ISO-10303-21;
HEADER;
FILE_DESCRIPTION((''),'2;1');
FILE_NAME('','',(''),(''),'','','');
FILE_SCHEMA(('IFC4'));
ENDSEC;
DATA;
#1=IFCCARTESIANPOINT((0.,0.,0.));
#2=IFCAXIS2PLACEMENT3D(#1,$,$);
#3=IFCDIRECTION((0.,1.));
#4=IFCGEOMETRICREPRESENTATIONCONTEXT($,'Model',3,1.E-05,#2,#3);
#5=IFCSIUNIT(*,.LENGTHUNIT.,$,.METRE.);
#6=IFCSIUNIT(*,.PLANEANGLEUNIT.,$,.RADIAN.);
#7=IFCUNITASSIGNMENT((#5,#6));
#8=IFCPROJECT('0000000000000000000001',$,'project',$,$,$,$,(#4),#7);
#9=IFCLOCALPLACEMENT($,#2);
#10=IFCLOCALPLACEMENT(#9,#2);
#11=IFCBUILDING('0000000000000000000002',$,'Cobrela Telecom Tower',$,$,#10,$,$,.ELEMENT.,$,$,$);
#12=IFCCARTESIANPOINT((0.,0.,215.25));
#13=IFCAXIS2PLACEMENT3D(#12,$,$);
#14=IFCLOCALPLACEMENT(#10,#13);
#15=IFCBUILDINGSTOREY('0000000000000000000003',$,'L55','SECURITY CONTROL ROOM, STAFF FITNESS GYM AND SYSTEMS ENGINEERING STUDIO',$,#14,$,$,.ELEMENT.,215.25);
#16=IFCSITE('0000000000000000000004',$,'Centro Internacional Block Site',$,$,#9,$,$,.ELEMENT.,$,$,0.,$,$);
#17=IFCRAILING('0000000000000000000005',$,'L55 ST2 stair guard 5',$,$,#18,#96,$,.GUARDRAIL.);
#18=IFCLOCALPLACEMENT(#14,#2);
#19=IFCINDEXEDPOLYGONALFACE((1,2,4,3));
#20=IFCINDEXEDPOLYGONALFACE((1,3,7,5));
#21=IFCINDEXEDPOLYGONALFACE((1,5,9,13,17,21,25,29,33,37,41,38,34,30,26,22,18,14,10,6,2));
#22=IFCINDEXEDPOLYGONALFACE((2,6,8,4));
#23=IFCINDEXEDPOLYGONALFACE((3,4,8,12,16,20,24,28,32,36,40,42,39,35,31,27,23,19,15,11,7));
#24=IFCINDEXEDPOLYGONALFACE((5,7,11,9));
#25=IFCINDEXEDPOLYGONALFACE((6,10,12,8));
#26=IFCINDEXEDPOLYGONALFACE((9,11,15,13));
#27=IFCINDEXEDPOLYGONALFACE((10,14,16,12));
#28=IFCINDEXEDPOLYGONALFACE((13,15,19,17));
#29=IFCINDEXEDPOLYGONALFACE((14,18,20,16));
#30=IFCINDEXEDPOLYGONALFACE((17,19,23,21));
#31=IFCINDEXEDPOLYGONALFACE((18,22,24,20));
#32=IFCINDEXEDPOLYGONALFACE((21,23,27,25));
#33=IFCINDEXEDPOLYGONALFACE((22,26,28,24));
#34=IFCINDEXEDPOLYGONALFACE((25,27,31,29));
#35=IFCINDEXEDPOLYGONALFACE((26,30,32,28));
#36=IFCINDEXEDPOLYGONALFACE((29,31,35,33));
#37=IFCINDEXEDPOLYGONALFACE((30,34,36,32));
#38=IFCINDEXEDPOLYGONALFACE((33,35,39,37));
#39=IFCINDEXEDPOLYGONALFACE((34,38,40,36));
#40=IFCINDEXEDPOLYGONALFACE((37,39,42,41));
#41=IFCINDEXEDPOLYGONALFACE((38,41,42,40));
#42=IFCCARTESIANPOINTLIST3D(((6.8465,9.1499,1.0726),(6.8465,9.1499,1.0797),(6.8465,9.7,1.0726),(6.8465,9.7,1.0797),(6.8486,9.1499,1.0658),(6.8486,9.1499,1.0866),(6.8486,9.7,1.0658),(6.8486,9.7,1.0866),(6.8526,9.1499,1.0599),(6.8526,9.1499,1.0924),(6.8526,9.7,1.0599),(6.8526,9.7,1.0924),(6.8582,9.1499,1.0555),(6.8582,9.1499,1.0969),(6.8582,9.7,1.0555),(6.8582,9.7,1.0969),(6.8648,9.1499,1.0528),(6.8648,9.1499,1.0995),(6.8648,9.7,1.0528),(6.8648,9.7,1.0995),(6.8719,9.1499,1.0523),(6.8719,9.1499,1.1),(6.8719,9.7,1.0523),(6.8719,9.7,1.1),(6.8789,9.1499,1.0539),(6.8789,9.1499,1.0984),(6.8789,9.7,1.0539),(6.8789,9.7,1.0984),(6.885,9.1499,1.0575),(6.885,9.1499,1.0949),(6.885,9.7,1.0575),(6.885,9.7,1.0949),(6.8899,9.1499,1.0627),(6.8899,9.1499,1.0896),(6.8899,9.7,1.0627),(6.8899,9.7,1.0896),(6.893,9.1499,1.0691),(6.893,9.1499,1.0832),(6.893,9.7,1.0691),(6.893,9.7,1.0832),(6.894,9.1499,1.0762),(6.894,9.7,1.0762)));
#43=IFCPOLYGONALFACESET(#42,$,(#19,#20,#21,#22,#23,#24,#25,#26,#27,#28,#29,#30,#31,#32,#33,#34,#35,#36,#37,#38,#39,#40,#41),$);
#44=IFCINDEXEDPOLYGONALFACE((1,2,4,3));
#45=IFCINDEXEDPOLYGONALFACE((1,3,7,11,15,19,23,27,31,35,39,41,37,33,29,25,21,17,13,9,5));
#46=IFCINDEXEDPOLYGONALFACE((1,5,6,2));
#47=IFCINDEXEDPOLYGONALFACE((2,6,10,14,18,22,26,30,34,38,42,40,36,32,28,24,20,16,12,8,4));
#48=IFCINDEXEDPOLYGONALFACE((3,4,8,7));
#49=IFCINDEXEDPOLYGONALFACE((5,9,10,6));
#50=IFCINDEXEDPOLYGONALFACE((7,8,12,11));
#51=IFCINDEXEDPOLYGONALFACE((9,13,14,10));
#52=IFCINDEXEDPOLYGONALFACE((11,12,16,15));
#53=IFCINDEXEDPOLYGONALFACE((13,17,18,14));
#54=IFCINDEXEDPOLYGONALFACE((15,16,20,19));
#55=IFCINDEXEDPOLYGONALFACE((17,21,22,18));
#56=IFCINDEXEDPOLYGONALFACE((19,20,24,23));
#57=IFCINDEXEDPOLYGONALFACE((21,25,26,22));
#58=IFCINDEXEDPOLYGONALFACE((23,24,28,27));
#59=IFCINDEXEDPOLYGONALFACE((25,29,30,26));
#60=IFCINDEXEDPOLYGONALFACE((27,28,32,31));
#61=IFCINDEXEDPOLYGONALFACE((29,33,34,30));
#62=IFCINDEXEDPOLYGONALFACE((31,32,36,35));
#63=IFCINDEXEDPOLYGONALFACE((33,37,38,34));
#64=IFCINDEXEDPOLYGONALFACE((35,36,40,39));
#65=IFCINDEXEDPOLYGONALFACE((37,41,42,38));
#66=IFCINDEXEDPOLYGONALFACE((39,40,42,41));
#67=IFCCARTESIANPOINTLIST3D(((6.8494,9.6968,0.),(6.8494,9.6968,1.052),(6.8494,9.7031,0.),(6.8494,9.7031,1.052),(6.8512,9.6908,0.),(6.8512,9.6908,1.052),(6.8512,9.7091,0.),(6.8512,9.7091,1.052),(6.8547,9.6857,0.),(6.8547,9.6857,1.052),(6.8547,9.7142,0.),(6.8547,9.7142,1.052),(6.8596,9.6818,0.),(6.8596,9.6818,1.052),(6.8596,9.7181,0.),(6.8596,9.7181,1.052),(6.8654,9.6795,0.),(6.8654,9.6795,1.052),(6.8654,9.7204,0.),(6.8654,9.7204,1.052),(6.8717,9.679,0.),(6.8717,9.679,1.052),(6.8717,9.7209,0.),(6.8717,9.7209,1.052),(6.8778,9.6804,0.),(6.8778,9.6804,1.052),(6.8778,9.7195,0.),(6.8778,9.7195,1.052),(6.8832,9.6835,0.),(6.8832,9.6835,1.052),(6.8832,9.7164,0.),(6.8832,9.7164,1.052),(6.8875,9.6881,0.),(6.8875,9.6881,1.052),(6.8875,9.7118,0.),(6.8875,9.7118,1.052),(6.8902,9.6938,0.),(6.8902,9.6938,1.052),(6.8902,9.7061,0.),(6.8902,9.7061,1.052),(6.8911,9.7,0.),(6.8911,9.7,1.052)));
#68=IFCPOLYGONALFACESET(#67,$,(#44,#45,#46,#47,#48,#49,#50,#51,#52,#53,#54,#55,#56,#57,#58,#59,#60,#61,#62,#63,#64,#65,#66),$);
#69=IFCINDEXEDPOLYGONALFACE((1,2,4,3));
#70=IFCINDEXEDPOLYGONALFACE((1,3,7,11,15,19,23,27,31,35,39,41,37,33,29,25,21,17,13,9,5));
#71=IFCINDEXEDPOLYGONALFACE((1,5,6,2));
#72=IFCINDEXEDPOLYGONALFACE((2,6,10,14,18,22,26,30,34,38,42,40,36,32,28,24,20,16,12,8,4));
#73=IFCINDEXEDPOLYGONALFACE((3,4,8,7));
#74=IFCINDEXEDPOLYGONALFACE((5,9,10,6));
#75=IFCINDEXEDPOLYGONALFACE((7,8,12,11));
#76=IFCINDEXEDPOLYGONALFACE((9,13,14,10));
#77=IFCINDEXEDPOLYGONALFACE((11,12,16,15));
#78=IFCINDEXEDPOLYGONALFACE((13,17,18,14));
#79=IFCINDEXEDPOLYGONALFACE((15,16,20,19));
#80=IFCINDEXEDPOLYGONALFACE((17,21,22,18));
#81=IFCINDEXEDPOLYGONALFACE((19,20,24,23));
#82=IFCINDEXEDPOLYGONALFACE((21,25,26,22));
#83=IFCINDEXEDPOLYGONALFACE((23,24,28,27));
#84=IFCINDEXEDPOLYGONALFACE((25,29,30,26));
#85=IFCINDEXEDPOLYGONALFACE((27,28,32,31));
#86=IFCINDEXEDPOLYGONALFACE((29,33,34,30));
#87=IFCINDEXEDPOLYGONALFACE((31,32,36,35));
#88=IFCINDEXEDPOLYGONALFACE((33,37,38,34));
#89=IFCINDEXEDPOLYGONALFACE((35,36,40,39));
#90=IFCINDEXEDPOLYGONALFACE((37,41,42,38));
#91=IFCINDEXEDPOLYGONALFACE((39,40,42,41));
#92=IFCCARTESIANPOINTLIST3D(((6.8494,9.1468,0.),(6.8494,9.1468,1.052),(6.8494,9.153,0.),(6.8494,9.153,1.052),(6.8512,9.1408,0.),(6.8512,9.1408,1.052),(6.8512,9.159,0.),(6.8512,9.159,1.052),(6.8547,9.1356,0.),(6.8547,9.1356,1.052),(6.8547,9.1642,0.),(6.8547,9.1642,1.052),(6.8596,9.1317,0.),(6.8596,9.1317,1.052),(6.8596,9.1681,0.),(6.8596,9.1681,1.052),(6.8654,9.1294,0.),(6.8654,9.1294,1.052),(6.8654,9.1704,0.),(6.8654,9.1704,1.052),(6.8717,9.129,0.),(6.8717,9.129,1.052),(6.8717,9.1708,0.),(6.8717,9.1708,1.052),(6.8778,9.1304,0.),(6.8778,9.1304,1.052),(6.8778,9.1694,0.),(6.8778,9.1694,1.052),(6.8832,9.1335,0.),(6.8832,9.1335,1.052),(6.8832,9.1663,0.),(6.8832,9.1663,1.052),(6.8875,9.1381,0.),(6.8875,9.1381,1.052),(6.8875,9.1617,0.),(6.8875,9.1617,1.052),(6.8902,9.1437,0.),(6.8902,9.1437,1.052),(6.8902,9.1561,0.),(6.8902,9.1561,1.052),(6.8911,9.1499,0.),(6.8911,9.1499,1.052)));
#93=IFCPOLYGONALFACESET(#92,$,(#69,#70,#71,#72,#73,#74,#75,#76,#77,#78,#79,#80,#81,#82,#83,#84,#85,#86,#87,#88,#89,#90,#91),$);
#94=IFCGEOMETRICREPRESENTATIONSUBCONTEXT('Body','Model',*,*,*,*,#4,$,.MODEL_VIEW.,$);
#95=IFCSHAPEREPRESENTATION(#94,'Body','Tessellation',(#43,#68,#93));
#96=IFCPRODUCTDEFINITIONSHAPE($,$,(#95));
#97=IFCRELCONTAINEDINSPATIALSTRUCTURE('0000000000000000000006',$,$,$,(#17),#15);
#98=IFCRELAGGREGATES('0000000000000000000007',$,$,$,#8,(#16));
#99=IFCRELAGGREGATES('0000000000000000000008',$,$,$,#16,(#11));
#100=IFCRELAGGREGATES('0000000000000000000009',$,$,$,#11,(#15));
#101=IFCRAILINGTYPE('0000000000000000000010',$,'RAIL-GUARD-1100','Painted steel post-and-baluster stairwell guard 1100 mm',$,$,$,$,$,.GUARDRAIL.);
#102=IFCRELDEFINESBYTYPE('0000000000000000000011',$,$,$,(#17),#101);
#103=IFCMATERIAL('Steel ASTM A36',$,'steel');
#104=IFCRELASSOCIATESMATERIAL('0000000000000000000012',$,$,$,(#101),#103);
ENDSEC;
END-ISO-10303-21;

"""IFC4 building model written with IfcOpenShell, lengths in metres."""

from ifc_helpers import new_model, si_unit, direction, frame, origin, origin_2d, place, context, subcontext, project, spatial, circle, extrude, material, type_object, element, save


model = new_model("IFC4")

# Units and contexts
model_context = context("Model", 3, precision=1e-05, world=origin(), true_north=direction((0.0, 1.0)))
body_context = subcontext(model_context, "Body", "Model", "MODEL_VIEW")
ifc_project = project(units=[si_unit("LENGTHUNIT", "METRE"), si_unit("PLANEANGLEUNIT", "RADIAN")], contexts=[model_context])

# Site, building, storey
site_placement = place(None, origin())
site = spatial("IfcSite", under=ifc_project, at=site_placement, Name="Centro Internacional Block Site", CompositionType="ELEMENT", RefElevation=0.0)
building_placement = place(site_placement, origin())
building = spatial("IfcBuilding", under=site, at=building_placement, Name="Cobrela Telecom Tower", CompositionType="ELEMENT")
storey_placement = place(building_placement, frame((0.0, 0.0, 215.25)))
storey = spatial("IfcBuildingStorey", under=building, at=storey_placement, Name="L55", Description="SECURITY CONTROL ROOM, STAFF FITNESS GYM AND SYSTEMS ENGINEERING STUDIO", CompositionType="ELEMENT", Elevation=215.25)

# Railing
ifc_material_1 = material(Name="Steel ASTM A36", Category="steel")
railing_type_1 = type_object("IfcRailingType", Name="RAIL-GUARD-1100", Description="Painted steel post-and-baluster stairwell guard 1100 mm", PredefinedType="GUARDRAIL", material=ifc_material_1)
railing_1_placement = place(storey_placement, frame((6.8701, 9.7, 0.0)))
element("IfcRailing", 1, at=railing_1_placement, inside=storey, type_object=railing_type_1, Name="L55 ST2 stair guard 5", PredefinedType="GUARDRAIL", context=body_context, shape_type="SweptSolid", body=[
    extrude(circle(Radius=0.0239, at=origin_2d()), frame((0.0, 0.0, 1.0762), z_axis=(0.0, -1.0, 0.0), x_axis=(1.0, 0.0, 0.0)), (0.0, 0.0, 1.0), 0.55),
    extrude(circle(Radius=0.021, at=origin_2d()), origin(), (0.0, 0.0, 1.0), 1.052),
    extrude(circle(Radius=0.021, at=origin_2d()), frame((0.0, -0.55, 0.0)), (0.0, 0.0, 1.0), 1.052),
])

save(model, "model.ifc")
